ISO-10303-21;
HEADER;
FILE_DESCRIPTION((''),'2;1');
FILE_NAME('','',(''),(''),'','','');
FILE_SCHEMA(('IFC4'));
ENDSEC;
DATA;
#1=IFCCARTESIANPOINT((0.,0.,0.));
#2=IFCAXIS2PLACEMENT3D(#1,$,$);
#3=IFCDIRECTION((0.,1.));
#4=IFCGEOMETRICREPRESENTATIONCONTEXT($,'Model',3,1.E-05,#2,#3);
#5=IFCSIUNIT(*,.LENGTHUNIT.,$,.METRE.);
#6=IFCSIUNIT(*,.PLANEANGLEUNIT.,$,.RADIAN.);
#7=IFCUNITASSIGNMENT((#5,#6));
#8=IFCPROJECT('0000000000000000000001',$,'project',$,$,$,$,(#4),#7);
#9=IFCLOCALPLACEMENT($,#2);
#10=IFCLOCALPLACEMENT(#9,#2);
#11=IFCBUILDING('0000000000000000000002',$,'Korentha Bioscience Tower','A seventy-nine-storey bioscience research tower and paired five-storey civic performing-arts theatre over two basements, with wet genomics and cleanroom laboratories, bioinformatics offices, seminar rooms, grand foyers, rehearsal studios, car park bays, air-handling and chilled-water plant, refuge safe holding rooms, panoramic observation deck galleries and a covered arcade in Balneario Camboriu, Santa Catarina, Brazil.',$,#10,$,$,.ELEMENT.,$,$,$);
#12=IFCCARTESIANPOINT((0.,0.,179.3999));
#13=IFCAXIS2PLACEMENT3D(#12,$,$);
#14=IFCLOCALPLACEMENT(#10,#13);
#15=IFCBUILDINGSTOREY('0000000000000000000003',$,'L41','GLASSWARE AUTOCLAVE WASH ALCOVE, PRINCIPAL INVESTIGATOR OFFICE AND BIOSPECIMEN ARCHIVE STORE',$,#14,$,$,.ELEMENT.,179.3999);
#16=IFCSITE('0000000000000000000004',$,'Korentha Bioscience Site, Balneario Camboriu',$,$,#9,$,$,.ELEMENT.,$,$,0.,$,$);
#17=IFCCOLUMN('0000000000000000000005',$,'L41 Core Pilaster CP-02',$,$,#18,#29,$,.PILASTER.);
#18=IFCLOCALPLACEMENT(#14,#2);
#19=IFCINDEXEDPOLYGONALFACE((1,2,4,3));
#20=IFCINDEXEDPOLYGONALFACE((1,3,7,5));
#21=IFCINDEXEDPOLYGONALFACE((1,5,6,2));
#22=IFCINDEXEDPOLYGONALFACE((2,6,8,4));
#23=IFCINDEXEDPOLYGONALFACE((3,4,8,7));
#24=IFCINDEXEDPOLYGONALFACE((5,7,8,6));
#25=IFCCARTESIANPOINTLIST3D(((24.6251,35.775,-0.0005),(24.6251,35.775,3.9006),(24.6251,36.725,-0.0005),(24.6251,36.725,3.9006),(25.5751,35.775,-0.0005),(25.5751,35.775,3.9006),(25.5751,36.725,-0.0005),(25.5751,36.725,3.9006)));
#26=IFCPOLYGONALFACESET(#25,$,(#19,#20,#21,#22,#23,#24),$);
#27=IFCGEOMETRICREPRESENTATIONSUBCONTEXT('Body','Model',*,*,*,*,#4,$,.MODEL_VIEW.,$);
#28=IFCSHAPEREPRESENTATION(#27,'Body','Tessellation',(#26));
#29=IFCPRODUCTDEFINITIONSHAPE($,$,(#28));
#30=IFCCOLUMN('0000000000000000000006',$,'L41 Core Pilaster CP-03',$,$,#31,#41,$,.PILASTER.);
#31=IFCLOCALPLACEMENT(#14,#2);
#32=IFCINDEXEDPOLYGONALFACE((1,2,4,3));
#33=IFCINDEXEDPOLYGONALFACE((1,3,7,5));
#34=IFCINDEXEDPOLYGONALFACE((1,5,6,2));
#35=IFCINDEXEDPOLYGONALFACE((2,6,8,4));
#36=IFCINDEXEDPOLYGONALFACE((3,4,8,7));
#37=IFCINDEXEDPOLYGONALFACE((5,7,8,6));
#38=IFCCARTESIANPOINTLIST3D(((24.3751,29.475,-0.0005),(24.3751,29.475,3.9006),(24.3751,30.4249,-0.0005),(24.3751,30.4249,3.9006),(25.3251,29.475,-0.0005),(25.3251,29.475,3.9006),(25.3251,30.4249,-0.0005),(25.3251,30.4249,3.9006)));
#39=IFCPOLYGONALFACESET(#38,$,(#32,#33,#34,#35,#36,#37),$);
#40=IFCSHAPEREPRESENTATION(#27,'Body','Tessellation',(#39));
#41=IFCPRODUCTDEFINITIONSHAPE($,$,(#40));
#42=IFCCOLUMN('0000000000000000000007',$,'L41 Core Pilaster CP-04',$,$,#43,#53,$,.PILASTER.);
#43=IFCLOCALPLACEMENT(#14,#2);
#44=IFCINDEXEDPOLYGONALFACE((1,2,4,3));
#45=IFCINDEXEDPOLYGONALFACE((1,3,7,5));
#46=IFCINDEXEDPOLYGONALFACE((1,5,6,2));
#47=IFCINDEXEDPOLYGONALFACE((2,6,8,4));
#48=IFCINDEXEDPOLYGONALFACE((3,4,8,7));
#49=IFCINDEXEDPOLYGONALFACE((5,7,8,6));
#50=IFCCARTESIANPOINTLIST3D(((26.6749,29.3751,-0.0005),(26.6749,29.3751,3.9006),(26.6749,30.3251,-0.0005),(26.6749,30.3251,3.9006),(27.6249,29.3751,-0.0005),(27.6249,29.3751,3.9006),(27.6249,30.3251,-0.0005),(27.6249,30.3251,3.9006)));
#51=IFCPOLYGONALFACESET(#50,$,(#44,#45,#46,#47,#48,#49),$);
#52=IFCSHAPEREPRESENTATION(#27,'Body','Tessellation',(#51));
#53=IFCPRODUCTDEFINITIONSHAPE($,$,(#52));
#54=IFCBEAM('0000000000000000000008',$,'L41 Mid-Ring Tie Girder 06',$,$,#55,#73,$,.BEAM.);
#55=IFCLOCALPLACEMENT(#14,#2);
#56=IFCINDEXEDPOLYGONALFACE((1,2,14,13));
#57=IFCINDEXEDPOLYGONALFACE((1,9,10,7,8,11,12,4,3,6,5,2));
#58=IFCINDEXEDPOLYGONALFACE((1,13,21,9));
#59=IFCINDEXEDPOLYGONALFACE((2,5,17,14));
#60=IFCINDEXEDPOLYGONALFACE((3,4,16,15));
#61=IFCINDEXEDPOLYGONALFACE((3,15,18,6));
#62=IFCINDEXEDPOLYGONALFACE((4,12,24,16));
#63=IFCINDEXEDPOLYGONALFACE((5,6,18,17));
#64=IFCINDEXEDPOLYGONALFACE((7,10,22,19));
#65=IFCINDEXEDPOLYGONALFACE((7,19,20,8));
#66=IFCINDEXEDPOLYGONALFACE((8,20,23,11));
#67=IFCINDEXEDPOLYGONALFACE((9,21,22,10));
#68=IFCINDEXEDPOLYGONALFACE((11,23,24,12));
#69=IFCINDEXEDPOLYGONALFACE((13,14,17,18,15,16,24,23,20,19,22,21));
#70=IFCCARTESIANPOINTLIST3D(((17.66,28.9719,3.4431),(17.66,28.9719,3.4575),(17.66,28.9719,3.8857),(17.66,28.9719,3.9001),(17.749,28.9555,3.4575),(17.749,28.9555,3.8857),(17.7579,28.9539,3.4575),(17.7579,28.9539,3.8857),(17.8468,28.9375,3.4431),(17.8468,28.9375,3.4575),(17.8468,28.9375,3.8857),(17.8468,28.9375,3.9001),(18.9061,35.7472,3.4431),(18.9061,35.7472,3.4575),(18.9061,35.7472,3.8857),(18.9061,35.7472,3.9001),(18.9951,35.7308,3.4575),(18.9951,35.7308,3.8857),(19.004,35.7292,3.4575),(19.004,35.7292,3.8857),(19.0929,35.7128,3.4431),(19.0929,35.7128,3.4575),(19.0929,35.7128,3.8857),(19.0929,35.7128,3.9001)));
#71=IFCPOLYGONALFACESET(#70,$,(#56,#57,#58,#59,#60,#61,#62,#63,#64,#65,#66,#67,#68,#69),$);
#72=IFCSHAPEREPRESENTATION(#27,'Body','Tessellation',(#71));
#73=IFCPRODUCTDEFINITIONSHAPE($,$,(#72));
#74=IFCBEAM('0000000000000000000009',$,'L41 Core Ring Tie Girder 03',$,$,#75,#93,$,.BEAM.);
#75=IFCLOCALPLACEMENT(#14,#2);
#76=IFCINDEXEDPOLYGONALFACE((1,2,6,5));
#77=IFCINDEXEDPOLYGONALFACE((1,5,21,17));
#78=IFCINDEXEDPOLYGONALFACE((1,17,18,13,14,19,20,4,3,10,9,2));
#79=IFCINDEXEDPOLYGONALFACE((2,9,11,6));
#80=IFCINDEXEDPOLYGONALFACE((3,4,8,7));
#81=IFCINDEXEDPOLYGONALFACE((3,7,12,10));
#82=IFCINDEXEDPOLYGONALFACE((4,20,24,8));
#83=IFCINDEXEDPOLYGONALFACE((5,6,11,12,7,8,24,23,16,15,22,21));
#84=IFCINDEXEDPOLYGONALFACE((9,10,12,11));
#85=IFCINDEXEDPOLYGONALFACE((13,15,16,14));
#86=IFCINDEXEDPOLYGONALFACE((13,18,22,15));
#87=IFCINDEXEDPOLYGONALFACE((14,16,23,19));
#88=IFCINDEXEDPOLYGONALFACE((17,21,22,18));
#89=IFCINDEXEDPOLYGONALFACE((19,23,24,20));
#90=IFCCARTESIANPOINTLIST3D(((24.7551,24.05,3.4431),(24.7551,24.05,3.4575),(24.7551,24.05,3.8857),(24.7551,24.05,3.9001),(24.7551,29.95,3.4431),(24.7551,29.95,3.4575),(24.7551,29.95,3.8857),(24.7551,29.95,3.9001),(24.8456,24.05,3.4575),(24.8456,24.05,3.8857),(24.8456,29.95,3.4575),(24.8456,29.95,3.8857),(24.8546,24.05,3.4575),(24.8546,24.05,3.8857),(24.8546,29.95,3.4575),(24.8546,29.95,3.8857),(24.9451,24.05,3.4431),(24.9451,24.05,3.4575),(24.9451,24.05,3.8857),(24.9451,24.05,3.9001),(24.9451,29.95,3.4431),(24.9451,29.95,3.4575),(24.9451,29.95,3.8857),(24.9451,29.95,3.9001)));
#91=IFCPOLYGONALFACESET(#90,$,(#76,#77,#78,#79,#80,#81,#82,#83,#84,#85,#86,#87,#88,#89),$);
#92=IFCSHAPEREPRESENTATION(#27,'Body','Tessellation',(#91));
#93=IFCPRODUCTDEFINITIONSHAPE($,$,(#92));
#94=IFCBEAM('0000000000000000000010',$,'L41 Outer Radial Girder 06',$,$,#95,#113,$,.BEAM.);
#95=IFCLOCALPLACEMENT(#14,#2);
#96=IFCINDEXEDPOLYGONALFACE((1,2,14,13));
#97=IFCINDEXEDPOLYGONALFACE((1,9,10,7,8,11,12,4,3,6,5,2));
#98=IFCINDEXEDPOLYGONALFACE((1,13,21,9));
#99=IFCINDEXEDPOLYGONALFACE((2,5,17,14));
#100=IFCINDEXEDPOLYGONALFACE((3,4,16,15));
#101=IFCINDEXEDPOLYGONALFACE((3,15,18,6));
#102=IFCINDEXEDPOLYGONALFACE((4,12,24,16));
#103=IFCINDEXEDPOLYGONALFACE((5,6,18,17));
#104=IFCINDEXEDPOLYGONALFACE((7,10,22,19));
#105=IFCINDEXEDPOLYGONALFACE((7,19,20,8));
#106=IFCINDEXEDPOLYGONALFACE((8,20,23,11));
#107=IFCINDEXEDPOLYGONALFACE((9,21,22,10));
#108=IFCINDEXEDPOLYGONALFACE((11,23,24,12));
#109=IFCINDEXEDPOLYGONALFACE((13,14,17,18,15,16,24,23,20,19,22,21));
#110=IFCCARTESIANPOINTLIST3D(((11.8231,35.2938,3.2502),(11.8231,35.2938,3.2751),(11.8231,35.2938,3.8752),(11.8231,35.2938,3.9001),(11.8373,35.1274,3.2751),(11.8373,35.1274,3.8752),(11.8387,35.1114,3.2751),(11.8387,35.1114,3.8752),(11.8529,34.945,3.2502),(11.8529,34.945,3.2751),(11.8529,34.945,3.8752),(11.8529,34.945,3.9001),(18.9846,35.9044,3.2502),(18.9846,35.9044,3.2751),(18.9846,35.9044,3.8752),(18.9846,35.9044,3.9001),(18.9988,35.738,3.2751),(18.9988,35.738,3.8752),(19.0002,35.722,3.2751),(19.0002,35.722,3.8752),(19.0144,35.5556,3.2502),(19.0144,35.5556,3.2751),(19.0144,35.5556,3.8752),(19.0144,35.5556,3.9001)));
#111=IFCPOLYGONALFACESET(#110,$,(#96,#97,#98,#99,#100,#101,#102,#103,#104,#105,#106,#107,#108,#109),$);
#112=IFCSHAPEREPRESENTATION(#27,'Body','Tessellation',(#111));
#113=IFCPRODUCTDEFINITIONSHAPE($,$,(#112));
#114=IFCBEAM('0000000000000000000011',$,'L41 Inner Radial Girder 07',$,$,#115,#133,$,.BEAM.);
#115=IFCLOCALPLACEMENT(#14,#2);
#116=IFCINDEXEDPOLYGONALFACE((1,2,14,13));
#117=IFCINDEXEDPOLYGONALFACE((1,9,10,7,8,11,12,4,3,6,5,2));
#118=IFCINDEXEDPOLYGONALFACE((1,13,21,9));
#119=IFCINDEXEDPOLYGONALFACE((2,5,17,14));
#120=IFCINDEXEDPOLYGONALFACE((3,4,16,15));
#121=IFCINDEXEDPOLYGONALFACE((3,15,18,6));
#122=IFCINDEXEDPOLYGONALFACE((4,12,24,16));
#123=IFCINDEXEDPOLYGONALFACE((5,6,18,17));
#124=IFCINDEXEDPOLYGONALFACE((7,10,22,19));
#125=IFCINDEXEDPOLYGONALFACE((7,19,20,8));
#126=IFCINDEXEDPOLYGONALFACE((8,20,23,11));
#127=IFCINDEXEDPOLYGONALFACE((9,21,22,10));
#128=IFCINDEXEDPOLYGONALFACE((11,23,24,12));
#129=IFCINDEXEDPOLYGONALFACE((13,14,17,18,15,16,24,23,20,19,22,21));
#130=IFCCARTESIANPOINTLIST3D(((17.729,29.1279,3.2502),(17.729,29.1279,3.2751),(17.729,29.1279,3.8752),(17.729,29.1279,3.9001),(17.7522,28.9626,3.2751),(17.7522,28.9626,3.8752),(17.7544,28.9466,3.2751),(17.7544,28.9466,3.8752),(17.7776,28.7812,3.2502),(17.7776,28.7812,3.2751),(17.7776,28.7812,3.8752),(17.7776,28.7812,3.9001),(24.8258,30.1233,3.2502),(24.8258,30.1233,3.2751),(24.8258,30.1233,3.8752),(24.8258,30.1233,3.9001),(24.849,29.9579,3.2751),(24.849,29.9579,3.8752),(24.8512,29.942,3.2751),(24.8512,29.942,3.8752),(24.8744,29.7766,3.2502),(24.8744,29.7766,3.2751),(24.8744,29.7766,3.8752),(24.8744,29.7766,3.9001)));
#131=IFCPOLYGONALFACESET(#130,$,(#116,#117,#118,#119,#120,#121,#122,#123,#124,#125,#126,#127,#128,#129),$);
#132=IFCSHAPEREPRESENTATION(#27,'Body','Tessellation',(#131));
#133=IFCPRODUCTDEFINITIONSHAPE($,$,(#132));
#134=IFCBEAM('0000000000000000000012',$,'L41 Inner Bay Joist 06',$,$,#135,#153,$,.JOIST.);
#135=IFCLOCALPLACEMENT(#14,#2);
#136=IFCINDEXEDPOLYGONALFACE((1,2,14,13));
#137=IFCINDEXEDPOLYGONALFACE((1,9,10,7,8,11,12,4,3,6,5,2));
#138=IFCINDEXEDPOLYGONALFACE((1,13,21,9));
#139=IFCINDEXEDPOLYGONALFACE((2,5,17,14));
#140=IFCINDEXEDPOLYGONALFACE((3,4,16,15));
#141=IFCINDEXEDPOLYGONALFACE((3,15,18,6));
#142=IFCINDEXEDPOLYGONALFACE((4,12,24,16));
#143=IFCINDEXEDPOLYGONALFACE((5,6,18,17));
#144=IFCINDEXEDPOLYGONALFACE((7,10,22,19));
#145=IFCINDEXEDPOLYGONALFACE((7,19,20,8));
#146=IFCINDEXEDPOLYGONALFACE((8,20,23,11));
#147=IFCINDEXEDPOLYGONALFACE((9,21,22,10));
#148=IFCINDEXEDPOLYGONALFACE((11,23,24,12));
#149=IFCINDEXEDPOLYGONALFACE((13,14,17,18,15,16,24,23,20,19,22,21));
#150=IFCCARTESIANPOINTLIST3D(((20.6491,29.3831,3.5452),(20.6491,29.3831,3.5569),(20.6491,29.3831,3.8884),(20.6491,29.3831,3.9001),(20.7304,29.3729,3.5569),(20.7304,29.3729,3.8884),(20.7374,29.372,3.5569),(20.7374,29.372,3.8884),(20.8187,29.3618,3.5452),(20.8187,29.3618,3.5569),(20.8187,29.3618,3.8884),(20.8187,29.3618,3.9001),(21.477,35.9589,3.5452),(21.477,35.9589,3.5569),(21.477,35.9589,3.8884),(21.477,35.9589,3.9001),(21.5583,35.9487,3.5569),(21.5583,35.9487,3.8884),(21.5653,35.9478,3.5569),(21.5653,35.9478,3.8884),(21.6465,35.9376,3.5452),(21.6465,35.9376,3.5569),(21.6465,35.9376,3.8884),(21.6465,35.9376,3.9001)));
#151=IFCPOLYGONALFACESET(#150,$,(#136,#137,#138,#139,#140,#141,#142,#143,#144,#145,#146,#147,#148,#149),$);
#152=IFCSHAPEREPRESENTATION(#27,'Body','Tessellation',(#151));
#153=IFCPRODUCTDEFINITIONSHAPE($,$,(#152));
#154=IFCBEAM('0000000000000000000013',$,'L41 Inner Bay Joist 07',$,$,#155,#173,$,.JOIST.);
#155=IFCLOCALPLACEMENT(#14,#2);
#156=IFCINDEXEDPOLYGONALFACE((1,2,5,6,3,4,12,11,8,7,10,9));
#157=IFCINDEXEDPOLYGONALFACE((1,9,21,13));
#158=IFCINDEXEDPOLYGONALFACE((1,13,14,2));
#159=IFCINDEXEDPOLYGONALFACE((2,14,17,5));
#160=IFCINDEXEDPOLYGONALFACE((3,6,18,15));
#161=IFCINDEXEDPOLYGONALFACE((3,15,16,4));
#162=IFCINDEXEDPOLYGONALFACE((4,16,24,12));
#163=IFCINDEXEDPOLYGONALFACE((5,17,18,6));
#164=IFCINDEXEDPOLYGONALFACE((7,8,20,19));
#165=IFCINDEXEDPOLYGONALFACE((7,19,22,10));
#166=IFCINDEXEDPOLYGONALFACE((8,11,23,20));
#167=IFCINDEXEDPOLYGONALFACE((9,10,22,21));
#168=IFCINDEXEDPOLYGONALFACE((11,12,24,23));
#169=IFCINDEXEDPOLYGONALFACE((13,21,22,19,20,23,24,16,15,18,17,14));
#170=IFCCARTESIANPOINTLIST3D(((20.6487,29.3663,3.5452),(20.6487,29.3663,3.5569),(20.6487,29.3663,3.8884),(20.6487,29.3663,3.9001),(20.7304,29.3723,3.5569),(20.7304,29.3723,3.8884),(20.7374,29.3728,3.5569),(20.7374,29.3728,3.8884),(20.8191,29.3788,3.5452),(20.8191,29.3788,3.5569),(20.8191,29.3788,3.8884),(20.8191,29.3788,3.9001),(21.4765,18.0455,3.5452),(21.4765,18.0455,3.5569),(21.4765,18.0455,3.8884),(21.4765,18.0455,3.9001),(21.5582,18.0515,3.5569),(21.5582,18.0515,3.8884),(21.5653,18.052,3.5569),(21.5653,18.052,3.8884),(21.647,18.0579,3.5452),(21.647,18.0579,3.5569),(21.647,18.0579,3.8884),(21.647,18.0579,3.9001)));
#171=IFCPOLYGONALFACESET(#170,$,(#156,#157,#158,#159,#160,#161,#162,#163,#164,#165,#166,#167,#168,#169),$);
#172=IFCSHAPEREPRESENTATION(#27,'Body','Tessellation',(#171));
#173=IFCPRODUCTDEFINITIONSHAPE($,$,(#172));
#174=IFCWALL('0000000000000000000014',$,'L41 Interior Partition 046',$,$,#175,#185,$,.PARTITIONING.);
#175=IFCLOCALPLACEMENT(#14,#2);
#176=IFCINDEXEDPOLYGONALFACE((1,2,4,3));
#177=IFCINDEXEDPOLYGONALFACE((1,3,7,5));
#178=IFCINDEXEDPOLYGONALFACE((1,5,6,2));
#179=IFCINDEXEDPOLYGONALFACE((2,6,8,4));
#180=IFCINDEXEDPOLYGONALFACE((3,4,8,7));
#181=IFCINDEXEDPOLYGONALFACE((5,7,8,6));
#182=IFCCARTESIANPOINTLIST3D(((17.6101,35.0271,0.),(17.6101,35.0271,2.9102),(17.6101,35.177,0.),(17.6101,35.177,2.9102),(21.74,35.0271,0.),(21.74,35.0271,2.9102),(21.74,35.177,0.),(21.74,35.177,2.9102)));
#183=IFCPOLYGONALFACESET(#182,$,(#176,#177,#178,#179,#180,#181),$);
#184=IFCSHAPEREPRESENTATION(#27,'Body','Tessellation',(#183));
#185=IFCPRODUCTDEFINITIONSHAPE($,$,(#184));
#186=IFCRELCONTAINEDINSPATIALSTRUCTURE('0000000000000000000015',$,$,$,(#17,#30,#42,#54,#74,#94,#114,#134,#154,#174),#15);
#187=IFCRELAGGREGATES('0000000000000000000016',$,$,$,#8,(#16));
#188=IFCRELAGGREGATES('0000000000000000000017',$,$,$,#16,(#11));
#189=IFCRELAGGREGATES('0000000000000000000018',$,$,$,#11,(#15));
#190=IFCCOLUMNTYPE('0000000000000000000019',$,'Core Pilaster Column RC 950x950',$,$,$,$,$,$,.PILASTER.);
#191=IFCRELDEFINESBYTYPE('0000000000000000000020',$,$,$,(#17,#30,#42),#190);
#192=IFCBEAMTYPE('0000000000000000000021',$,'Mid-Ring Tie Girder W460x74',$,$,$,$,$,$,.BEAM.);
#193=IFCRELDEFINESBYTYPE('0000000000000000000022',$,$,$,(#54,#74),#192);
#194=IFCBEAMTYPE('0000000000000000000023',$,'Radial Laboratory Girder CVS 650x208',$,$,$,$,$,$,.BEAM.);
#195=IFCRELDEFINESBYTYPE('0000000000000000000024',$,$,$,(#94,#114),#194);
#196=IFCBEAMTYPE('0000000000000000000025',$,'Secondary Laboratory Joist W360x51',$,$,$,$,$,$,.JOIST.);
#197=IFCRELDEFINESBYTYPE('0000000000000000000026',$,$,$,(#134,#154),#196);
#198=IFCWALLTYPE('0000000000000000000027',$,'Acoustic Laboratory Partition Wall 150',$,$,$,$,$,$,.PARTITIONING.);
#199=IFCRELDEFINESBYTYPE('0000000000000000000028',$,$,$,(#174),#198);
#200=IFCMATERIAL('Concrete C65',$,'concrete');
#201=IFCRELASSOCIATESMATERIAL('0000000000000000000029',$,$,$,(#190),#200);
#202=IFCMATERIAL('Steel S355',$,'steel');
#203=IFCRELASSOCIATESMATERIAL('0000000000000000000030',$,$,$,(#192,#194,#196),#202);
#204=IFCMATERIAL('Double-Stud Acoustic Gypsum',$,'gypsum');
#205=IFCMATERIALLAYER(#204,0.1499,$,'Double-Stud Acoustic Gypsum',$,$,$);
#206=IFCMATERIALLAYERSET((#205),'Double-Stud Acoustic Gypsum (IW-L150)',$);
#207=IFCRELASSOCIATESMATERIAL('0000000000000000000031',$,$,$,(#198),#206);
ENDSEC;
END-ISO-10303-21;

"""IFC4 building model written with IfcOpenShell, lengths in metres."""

from ifc_helpers import new_model, si_unit, direction, frame, frame_2d, origin, origin_2d, place, context, subcontext, project, spatial, rectangle, i_section, extrude, material, layer, layer_set, material_profile, profile_set, type_object, element, save


model = new_model("IFC4")

# Units and contexts
model_context = context("Model", 3, precision=1e-05, world=origin(), true_north=direction((0.0, 1.0)))
body_context = subcontext(model_context, "Body", "Model", "MODEL_VIEW")
ifc_project = project(units=[si_unit("LENGTHUNIT", "METRE"), si_unit("PLANEANGLEUNIT", "RADIAN")], contexts=[model_context])

# Site, building, storey
site_placement = place(None, origin())
site = spatial("IfcSite", under=ifc_project, at=site_placement, Name="Korentha Bioscience Site, Balneario Camboriu", CompositionType="ELEMENT", RefElevation=0.0)
building_placement = place(site_placement, origin())
building = spatial("IfcBuilding", under=site, at=building_placement, Name="Korentha Bioscience Tower", Description="A seventy-nine-storey bioscience research tower and paired five-storey civic performing-arts theatre over two basements, with wet genomics and cleanroom laboratories, bioinformatics offices, seminar rooms, grand foyers, rehearsal studios, car park bays, air-handling and chilled-water plant, refuge safe holding rooms, panoramic observation deck galleries and a covered arcade in Balneario Camboriu, Santa Catarina, Brazil.", CompositionType="ELEMENT")
storey_placement = place(building_placement, frame((0.0, 0.0, 179.3999)))
storey = spatial("IfcBuildingStorey", under=building, at=storey_placement, Name="L41", Description="GLASSWARE AUTOCLAVE WASH ALCOVE, PRINCIPAL INVESTIGATOR OFFICE AND BIOSPECIMEN ARCHIVE STORE", CompositionType="ELEMENT", Elevation=179.3999)

# Columns
ifc_material_1 = material(Name="Concrete C65", Category="concrete")
ifc_material_profile_1 = material_profile(ifc_material_1, rectangle(XDim=0.95, YDim=0.95, at=origin_2d()), Name="Concrete C65")
ifc_profile_set_1 = profile_set([ifc_material_profile_1], Name="Concrete C65 (COL-CP09)")
column_type = type_object("IfcColumnType", Name="Core Pilaster Column RC 950x950", PredefinedType="PILASTER", material=ifc_profile_set_1)
for number, where, z_axis, x_axis, name in (
    (1, (25.1001, 36.25, -0.0005), (0.0, 0.0, 1.0), (1.0, 0.0, 0.0), "L41 Core Pilaster CP-02"),
    (2, (24.8501, 29.95, -0.0005), (0.0, 0.0, 1.0), (1.0, 0.0, 0.0), "L41 Core Pilaster CP-03"),
    (3, (27.1499, 29.8501, -0.0005), (0.0, 0.0, 1.0), (1.0, 0.0, 0.0), "L41 Core Pilaster CP-04"),
):
    element("IfcColumn", number, at=place(storey_placement, frame(where, z_axis=z_axis, x_axis=x_axis)), inside=storey, type_object=column_type, Name=name, PredefinedType="PILASTER", context=body_context, shape_type="SweptSolid", body=[
        extrude(rectangle(XDim=0.95, YDim=0.95, at=origin_2d()), origin(), (0.0, 0.0, 1.0), 3.9011),
    ])

# Beams
ifc_material_2 = material(Name="Steel S355", Category="steel")
ifc_material_profile_2 = material_profile(ifc_material_2, i_section(OverallWidth=0.1899, OverallDepth=0.457, WebThickness=0.009, FlangeThickness=0.0144, at=origin_2d()), Name="Steel S355")
ifc_profile_set_2 = profile_set([ifc_material_profile_2], Name="Steel S355 (MB-460)")
beam_type_1 = type_object("IfcBeamType", Name="Mid-Ring Tie Girder W460x74", PredefinedType="BEAM", material=ifc_profile_set_2)
beam_1_placement = place(storey_placement, frame((18.9995, 35.73, 3.6716), z_axis=(-0.180881, -0.983505, 0.0), x_axis=(0.983505, -0.180881, 0.0)))
element("IfcBeam", 4, at=beam_1_placement, inside=storey, type_object=beam_type_1, Name="L41 Mid-Ring Tie Girder 06", PredefinedType="BEAM", context=body_context, shape_type="SweptSolid", body=[
    extrude(i_section(OverallWidth=0.1899, OverallDepth=0.457, WebThickness=0.009, FlangeThickness=0.0144, at=origin_2d()), origin(), (0.0, 0.0, 1.0), 6.8889),
])
beam_2_placement = place(storey_placement, frame((24.8501, 29.95, 3.6716), z_axis=(0.0, -1.0, 0.0), x_axis=(1.0, 0.0, 0.0)))
element("IfcBeam", 5, at=beam_2_placement, inside=storey, type_object=beam_type_1, Name="L41 Core Ring Tie Girder 03", PredefinedType="BEAM", context=body_context, shape_type="SweptSolid", body=[
    extrude(i_section(OverallWidth=0.1899, OverallDepth=0.457, WebThickness=0.009, FlangeThickness=0.0144, at=origin_2d()), origin(), (0.0, 0.0, 1.0), 5.8999),
])
ifc_material_profile_3 = material_profile(ifc_material_2, i_section(OverallWidth=0.3501, OverallDepth=0.6499, WebThickness=0.0161, FlangeThickness=0.0249, at=origin_2d()), Name="Steel S355")
ifc_profile_set_3 = profile_set([ifc_material_profile_3], Name="Steel S355 (RB-650)")
beam_type_2 = type_object("IfcBeamType", Name="Radial Laboratory Girder CVS 650x208", PredefinedType="BEAM", material=ifc_profile_set_3)
beam_3_placement = place(storey_placement, frame((18.9995, 35.73, 3.5752), z_axis=(-0.996385, -0.084951, 0.0), x_axis=(0.084951, -0.996385, 0.0)))
element("IfcBeam", 6, at=beam_3_placement, inside=storey, type_object=beam_type_2, Name="L41 Outer Radial Girder 06", PredefinedType="BEAM", context=body_context, shape_type="SweptSolid", body=[
    extrude(i_section(OverallWidth=0.3501, OverallDepth=0.6499, WebThickness=0.0161, FlangeThickness=0.0249, at=origin_2d()), origin(), (0.0, 0.0, 1.0), 7.1875),
])
beam_4_placement = place(storey_placement, frame((24.8501, 29.95, 3.5752), z_axis=(-0.990307, -0.138898, 0.0), x_axis=(0.138898, -0.990307, 0.0)))
element("IfcBeam", 7, at=beam_4_placement, inside=storey, type_object=beam_type_2, Name="L41 Inner Radial Girder 07", PredefinedType="BEAM", context=body_context, shape_type="SweptSolid", body=[
    extrude(i_section(OverallWidth=0.3501, OverallDepth=0.6499, WebThickness=0.0161, FlangeThickness=0.0249, at=origin_2d()), origin(), (0.0, 0.0, 1.0), 7.1663),
])
ifc_material_profile_4 = material_profile(ifc_material_2, i_section(OverallWidth=0.1709, OverallDepth=0.355, WebThickness=0.0071, FlangeThickness=0.0117, at=origin_2d()), Name="Steel S355")
ifc_profile_set_4 = profile_set([ifc_material_profile_4], Name="Steel S355 (JB-360)")
beam_type_3 = type_object("IfcBeamType", Name="Secondary Laboratory Joist W360x51", PredefinedType="JOIST", material=ifc_profile_set_4)
beam_5_placement = place(storey_placement, frame((21.5618, 35.9482, 3.7227), z_axis=(-0.124914, -0.992168, 0.0), x_axis=(0.992168, -0.124914, 0.0)))
element("IfcBeam", 8, at=beam_5_placement, inside=storey, type_object=beam_type_3, Name="L41 Inner Bay Joist 06", PredefinedType="JOIST", context=body_context, shape_type="SweptSolid", body=[
    extrude(i_section(OverallWidth=0.1709, OverallDepth=0.355, WebThickness=0.0071, FlangeThickness=0.0117, at=origin_2d()), origin(), (0.0, 0.0, 1.0), 6.6277),
])
beam_6_placement = place(storey_placement, frame((20.7339, 29.3726, 3.7227), z_axis=(0.072934, -0.997337, 0.0), x_axis=(0.997337, 0.072934, 0.0)))
element("IfcBeam", 9, at=beam_6_placement, inside=storey, type_object=beam_type_3, Name="L41 Inner Bay Joist 07", PredefinedType="JOIST", context=body_context, shape_type="SweptSolid", body=[
    extrude(i_section(OverallWidth=0.1709, OverallDepth=0.355, WebThickness=0.0071, FlangeThickness=0.0117, at=origin_2d()), origin(), (0.0, 0.0, 1.0), 11.3511),
])

# Wall
ifc_material_3 = material(Name="Double-Stud Acoustic Gypsum", Category="gypsum")
ifc_layer_1 = layer(ifc_material_3, 0.1499, Name="Double-Stud Acoustic Gypsum")
ifc_layer_set_1 = layer_set([ifc_layer_1], Name="Double-Stud Acoustic Gypsum (IW-L150)")
wall_type_1 = type_object("IfcWallType", Name="Acoustic Laboratory Partition Wall 150", PredefinedType="PARTITIONING", material=ifc_layer_set_1)
wall_1_placement = place(storey_placement, frame((21.74, 35.1021, 0.0), z_axis=(0.0, 0.0, 1.0), x_axis=(-1.0, 0.0, 0.0)))
element("IfcWall", 10, at=wall_1_placement, inside=storey, type_object=wall_type_1, Name="L41 Interior Partition 046", PredefinedType="PARTITIONING", context=body_context, shape_type="SweptSolid", body=[
    extrude(rectangle(XDim=4.1299, YDim=0.1499, at=frame_2d((2.0649, 0.0))), origin(), (0.0, 0.0, 1.0), 2.9102),
])

save(model, "model.ifc")
